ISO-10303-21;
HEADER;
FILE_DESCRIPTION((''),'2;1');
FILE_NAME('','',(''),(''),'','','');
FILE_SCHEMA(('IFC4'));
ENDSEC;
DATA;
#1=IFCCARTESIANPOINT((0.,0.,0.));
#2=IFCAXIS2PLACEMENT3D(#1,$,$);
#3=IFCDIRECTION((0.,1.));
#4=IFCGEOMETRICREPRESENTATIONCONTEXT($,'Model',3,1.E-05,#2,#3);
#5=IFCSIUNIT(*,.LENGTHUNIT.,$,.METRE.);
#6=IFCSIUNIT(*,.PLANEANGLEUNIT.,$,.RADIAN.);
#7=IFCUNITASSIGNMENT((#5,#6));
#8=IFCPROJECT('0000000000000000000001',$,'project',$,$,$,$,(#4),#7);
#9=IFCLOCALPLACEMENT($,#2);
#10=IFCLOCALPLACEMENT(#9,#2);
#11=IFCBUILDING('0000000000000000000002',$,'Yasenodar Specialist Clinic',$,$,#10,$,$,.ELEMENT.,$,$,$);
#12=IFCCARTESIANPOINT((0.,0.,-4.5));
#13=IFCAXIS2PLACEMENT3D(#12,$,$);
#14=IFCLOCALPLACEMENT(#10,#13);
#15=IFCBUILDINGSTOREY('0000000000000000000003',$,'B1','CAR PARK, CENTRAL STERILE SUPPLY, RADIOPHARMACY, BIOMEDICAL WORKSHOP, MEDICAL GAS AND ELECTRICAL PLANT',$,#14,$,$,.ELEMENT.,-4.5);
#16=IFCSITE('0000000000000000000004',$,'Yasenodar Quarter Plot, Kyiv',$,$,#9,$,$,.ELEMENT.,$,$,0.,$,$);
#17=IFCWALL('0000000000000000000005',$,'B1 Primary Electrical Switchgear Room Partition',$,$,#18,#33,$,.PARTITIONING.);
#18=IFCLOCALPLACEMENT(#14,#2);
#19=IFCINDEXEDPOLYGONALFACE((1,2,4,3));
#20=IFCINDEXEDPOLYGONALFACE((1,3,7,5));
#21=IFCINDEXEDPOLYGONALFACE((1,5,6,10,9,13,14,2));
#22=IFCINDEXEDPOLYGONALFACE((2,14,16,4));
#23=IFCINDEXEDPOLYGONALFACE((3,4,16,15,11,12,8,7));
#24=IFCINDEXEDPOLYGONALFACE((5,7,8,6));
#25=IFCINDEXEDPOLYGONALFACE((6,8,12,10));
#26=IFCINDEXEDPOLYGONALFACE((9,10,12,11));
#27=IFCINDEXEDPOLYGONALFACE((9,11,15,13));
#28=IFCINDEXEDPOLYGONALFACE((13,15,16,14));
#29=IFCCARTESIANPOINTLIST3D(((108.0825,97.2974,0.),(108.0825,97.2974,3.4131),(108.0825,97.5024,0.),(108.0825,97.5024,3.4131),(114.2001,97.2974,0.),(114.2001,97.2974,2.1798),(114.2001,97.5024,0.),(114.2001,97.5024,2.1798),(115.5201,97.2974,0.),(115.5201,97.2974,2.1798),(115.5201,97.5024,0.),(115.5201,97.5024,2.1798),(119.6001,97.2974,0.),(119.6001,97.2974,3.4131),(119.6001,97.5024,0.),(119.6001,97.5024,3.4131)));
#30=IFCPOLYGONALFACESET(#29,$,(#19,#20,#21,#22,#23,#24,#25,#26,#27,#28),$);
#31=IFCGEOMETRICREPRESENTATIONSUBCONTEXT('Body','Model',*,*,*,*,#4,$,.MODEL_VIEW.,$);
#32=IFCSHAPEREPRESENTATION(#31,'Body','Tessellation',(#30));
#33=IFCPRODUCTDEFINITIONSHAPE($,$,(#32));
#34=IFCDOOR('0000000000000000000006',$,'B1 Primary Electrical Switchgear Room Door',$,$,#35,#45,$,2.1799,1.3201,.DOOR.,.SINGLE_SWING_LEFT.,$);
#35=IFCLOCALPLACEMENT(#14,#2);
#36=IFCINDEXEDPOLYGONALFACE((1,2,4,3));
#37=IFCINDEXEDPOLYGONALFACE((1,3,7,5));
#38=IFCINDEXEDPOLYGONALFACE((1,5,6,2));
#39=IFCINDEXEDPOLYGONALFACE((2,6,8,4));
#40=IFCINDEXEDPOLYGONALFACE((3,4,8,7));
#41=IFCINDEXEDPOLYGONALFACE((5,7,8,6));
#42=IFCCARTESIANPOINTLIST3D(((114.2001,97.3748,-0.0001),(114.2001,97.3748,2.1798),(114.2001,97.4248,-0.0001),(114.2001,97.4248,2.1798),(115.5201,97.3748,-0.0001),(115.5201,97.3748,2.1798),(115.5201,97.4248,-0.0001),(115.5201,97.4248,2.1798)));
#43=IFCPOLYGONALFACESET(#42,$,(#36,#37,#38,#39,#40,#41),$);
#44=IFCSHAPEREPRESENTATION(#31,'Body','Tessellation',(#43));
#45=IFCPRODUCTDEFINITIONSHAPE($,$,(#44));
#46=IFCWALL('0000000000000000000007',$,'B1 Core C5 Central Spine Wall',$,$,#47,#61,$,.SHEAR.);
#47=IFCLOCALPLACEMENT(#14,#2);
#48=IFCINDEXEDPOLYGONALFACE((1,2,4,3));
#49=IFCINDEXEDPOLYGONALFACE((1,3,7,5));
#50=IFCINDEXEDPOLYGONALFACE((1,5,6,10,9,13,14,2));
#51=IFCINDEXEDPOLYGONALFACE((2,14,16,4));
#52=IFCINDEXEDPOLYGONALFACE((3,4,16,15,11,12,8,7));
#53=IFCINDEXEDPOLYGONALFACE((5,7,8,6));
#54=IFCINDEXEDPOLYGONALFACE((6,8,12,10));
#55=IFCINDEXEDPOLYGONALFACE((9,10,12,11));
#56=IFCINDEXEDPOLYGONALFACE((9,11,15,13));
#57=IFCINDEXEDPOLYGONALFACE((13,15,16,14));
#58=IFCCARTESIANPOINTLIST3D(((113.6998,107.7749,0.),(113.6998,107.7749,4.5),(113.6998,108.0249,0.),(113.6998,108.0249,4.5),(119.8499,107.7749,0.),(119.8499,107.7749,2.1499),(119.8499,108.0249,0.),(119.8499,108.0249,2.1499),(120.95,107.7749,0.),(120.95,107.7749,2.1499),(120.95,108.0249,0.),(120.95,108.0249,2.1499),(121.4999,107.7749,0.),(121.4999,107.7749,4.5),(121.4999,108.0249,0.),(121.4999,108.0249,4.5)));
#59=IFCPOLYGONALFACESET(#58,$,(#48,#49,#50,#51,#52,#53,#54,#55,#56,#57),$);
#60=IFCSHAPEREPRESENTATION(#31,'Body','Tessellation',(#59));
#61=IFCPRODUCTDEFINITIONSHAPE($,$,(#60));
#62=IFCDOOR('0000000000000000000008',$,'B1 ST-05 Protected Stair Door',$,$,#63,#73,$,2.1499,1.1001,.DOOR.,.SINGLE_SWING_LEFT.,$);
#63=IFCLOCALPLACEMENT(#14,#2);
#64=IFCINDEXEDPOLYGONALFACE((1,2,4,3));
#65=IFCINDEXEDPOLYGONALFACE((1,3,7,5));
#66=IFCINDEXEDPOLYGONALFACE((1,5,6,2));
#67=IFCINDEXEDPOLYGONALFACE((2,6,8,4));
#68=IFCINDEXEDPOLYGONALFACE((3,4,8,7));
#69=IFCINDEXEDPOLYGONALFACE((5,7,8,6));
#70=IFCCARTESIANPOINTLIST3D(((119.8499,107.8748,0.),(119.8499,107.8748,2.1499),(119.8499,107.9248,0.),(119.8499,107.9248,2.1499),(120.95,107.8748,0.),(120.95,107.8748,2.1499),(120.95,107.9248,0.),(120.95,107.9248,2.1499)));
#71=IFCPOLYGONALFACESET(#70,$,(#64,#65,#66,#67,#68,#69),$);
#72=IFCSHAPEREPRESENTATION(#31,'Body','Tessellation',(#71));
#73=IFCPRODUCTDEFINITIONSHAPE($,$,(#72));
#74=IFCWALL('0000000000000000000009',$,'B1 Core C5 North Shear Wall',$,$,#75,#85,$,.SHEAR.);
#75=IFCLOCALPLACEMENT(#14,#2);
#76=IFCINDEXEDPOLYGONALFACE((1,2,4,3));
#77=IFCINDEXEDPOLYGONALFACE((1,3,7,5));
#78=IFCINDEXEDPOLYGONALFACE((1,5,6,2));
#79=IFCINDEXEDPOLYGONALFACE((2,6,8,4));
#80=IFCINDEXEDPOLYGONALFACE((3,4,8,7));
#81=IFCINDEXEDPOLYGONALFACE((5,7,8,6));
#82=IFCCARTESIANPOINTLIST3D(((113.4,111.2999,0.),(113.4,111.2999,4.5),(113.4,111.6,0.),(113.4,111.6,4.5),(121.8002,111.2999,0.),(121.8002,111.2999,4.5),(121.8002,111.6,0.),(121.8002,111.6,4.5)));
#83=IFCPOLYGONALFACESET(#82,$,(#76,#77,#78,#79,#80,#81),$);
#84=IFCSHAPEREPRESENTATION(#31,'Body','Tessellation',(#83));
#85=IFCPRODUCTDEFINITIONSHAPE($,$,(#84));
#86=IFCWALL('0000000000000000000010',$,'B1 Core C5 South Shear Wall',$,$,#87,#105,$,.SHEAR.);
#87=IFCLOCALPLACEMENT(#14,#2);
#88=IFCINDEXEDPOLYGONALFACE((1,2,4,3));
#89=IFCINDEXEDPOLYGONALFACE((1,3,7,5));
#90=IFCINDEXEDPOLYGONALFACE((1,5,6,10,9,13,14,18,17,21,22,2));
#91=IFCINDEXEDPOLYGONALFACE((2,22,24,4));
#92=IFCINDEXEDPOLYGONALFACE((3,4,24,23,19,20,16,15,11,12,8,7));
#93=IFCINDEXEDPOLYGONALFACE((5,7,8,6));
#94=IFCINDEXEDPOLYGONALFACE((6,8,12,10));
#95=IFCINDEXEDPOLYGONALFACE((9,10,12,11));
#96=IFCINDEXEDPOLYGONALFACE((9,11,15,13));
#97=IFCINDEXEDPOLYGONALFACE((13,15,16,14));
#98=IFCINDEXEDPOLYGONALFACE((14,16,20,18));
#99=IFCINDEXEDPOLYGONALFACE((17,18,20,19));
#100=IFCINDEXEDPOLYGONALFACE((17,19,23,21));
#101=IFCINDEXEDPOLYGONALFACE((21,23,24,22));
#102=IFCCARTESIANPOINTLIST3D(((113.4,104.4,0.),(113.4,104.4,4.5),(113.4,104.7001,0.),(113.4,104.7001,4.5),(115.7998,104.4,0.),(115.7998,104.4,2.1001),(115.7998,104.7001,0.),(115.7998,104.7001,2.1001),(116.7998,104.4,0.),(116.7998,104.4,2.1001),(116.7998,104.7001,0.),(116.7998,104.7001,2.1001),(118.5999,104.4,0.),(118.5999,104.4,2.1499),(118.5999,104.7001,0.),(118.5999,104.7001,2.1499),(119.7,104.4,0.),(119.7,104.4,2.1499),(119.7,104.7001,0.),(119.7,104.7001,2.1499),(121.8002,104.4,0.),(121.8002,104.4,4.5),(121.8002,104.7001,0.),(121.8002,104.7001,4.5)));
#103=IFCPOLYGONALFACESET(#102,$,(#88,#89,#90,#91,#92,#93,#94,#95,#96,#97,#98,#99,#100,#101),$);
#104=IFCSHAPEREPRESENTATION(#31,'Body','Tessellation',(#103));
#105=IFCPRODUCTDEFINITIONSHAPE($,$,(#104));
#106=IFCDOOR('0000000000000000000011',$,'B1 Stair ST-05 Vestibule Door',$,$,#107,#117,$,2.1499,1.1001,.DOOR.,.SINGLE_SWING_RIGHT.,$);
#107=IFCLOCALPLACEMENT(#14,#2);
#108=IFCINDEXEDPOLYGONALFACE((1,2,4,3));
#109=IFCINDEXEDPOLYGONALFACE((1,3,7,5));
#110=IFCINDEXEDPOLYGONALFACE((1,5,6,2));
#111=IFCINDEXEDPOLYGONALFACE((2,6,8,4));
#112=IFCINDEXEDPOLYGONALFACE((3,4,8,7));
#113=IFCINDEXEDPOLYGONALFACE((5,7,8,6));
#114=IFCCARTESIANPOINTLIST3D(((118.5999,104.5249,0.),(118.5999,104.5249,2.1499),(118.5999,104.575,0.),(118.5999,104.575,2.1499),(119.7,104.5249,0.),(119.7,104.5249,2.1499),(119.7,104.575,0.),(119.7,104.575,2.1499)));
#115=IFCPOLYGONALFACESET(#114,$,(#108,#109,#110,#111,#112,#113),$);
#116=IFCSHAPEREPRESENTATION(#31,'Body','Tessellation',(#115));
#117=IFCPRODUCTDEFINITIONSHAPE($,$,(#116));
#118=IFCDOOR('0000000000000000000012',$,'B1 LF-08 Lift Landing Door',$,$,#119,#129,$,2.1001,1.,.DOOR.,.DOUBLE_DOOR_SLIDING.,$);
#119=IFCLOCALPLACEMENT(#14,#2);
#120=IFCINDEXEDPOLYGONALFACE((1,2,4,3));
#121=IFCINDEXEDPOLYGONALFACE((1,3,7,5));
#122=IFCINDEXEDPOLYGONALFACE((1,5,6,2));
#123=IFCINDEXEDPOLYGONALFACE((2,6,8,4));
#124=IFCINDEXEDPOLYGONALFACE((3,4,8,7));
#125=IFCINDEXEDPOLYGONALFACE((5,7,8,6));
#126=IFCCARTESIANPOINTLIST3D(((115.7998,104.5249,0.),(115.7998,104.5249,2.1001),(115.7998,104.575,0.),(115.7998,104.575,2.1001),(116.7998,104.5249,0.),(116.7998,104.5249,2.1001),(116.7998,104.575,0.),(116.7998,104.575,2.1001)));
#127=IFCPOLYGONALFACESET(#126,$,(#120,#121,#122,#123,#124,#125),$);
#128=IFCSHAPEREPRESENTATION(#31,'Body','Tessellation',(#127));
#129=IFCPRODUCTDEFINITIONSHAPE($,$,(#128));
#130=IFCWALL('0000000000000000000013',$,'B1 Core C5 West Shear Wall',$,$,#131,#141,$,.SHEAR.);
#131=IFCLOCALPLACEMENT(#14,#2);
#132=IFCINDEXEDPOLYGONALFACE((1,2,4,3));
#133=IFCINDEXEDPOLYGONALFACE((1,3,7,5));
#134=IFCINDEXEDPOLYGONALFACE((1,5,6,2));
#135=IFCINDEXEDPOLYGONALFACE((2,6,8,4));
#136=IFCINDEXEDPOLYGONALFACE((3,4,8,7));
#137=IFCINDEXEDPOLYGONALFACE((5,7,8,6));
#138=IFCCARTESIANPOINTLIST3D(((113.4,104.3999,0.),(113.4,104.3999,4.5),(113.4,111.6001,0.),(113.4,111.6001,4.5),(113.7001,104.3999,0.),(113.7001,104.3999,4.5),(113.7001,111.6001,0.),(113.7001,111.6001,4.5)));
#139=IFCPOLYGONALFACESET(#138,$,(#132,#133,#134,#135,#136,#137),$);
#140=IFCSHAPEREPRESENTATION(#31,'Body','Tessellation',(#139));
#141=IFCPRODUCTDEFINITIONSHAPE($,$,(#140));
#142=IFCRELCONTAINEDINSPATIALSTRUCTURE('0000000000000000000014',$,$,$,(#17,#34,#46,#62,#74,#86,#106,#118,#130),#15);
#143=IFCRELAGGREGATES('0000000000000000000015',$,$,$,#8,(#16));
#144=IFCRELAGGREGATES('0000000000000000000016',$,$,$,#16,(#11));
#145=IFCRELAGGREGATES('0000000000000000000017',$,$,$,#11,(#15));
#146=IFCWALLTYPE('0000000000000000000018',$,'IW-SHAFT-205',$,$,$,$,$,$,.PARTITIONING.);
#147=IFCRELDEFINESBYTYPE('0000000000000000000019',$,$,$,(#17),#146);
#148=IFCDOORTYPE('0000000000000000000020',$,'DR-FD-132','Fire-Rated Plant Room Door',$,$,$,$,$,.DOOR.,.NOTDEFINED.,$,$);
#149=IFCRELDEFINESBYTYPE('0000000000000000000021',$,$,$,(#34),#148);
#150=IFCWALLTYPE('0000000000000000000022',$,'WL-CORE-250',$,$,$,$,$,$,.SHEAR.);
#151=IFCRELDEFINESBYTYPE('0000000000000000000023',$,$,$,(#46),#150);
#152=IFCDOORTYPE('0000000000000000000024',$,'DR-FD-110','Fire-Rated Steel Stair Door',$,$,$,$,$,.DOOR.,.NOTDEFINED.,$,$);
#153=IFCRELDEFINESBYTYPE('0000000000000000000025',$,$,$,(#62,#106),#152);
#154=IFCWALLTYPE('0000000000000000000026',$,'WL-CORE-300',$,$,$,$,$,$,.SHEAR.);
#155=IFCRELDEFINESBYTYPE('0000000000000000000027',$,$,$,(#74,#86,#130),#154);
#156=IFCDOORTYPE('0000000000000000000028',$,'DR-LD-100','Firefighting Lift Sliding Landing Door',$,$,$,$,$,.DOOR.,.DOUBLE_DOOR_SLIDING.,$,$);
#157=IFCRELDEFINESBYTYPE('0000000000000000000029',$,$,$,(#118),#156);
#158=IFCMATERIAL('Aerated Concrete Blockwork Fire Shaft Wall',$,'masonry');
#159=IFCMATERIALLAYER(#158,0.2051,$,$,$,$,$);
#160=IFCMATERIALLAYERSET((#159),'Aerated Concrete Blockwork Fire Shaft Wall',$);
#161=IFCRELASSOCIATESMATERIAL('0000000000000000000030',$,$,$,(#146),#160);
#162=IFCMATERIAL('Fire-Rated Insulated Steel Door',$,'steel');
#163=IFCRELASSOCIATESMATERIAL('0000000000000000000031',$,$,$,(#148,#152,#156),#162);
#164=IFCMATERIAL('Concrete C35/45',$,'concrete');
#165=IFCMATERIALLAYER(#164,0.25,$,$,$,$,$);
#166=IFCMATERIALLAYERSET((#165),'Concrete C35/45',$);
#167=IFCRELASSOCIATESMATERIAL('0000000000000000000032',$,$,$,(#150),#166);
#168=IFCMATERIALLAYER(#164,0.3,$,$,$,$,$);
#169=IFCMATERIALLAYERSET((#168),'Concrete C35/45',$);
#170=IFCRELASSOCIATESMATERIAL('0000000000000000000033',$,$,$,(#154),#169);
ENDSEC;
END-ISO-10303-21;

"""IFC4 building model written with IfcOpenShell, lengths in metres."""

from ifc_helpers import new_model, si_unit, direction, frame, frame_2d, origin, place, context, subcontext, project, spatial, rectangle, extrude, material, layer, layer_set, type_object, element, fill, save


model = new_model("IFC4")

# Units and contexts
model_context = context("Model", 3, precision=1e-05, world=origin(), true_north=direction((0.0, 1.0)))
body_context = subcontext(model_context, "Body", "Model", "MODEL_VIEW")
ifc_project = project(units=[si_unit("LENGTHUNIT", "METRE"), si_unit("PLANEANGLEUNIT", "RADIAN")], contexts=[model_context])

# Site, building, storey
site_placement = place(None, origin())
site = spatial("IfcSite", under=ifc_project, at=site_placement, Name="Yasenodar Quarter Plot, Kyiv", CompositionType="ELEMENT", RefElevation=0.0)
building_placement = place(site_placement, origin())
building = spatial("IfcBuilding", under=site, at=building_placement, Name="Yasenodar Specialist Clinic", CompositionType="ELEMENT")
storey_placement = place(building_placement, frame((0.0, 0.0, -4.5)))
storey = spatial("IfcBuildingStorey", under=building, at=storey_placement, Name="B1", Description="CAR PARK, CENTRAL STERILE SUPPLY, RADIOPHARMACY, BIOMEDICAL WORKSHOP, MEDICAL GAS AND ELECTRICAL PLANT", CompositionType="ELEMENT", Elevation=-4.5)

# Shared definitions
ifc_material_1 = material(Name="Concrete C35/45", Category="concrete")

# Shared definitions
ifc_material_2 = material(Name="Fire-Rated Insulated Steel Door", Category="steel")

# Shared definitions
ifc_material_3 = material(Name="Aerated Concrete Blockwork Fire Shaft Wall", Category="masonry")
ifc_layer_1 = layer(ifc_material_3, 0.2051)
ifc_layer_set_1 = layer_set([ifc_layer_1], Name="Aerated Concrete Blockwork Fire Shaft Wall")
wall_type_1 = type_object("IfcWallType", Name="IW-SHAFT-205", PredefinedType="PARTITIONING", material=ifc_layer_set_1)

# Walls, openings, doors
wall_1_placement = place(storey_placement, frame((108.0825, 97.3999, 0.0), z_axis=(0.0, 0.0, 1.0), x_axis=(1.0, 0.0, 0.0)))
wall_1 = element("IfcWall", 1, at=wall_1_placement, inside=storey, type_object=wall_type_1, Name="B1 Primary Electrical Switchgear Room Partition", PredefinedType="PARTITIONING", context=body_context, shape_type="SweptSolid", body=[
    extrude(rectangle(XDim=11.5176, YDim=0.2051, at=frame_2d((5.7588, 0.0))), origin(), (0.0, 0.0, 1.0), 3.4131),
])
opening_1_placement = place(wall_1_placement, frame((6.1174, 0.0, 0.0)))
opening_1 = element("IfcOpeningElement", 2, at=opening_1_placement, cuts=wall_1, PredefinedType="OPENING", context=body_context, shape_type="SweptSolid", body=[
    extrude(rectangle(XDim=1.3201, YDim=2.1799, at=frame_2d((0.6602, 1.0898))), frame((0.0, 0.1125, 0.0), z_axis=(0.0, -1.0, 0.0), x_axis=(1.0, 0.0, 0.0)), (0.0, 0.0, 1.0), 0.2251),
])
door_type_1 = type_object("IfcDoorType", Name="DR-FD-132", Description="Fire-Rated Plant Room Door", OperationType="NOTDEFINED", PredefinedType="DOOR", material=ifc_material_2)
door_1_placement = place(opening_1_placement, origin())
door_1 = element("IfcDoor", 3, at=door_1_placement, inside=storey, type_object=door_type_1, Name="B1 Primary Electrical Switchgear Room Door", OperationType="SINGLE_SWING_LEFT", OverallHeight=2.1799, OverallWidth=1.3201, PredefinedType="DOOR", context=body_context, shape_type="SweptSolid", body=[
    extrude(rectangle(XDim=1.3201, YDim=2.1799, at=frame_2d((0.6602, 1.0898))), frame((0.0, 0.0249, 0.0), z_axis=(0.0, -1.0, 0.0), x_axis=(1.0, 0.0, 0.0)), (0.0, 0.0, 1.0), 0.05),
])
fill(opening_1, door_1)
ifc_layer_2 = layer(ifc_material_1, 0.25)
ifc_layer_set_2 = layer_set([ifc_layer_2], Name="Concrete C35/45")
wall_type_2 = type_object("IfcWallType", Name="WL-CORE-250", PredefinedType="SHEAR", material=ifc_layer_set_2)
wall_2_placement = place(storey_placement, frame((113.7, 107.8999, 0.0), z_axis=(0.0, 0.0, 1.0), x_axis=(1.0, 0.0, 0.0)))
wall_2 = element("IfcWall", 4, at=wall_2_placement, inside=storey, type_object=wall_type_2, Name="B1 Core C5 Central Spine Wall", PredefinedType="SHEAR", context=body_context, shape_type="SweptSolid", body=[
    extrude(rectangle(XDim=7.8, YDim=0.25, at=frame_2d((3.8999, 0.0))), origin(), (0.0, 0.0, 1.0), 4.5),
])
opening_2_placement = place(wall_2_placement, frame((6.1499, 0.0, 0.0)))
opening_2 = element("IfcOpeningElement", 5, at=opening_2_placement, cuts=wall_2, PredefinedType="OPENING", context=body_context, shape_type="SweptSolid", body=[
    extrude(rectangle(XDim=1.1001, YDim=2.1499, at=frame_2d((0.55, 1.075))), frame((0.0, 0.135, 0.0), z_axis=(0.0, -1.0, 0.0), x_axis=(1.0, 0.0, 0.0)), (0.0, 0.0, 1.0), 0.27),
])
door_type_2 = type_object("IfcDoorType", Name="DR-FD-110", Description="Fire-Rated Steel Stair Door", OperationType="NOTDEFINED", PredefinedType="DOOR", material=ifc_material_2)
door_2_placement = place(opening_2_placement, origin())
door_2 = element("IfcDoor", 6, at=door_2_placement, inside=storey, type_object=door_type_2, Name="B1 ST-05 Protected Stair Door", OperationType="SINGLE_SWING_LEFT", OverallHeight=2.1499, OverallWidth=1.1001, PredefinedType="DOOR", context=body_context, shape_type="SweptSolid", body=[
    extrude(rectangle(XDim=1.1001, YDim=2.1499, at=frame_2d((0.55, 1.075))), frame((0.0, 0.0249, 0.0), z_axis=(0.0, -1.0, 0.0), x_axis=(1.0, 0.0, 0.0)), (0.0, 0.0, 1.0), 0.05),
])
fill(opening_2, door_2)

# Wall
ifc_layer_3 = layer(ifc_material_1, 0.3)
ifc_layer_set_3 = layer_set([ifc_layer_3], Name="Concrete C35/45")
wall_type_3 = type_object("IfcWallType", Name="WL-CORE-300", PredefinedType="SHEAR", material=ifc_layer_set_3)
wall_3_placement = place(storey_placement, frame((113.3999, 111.45, 0.0), z_axis=(0.0, 0.0, 1.0), x_axis=(1.0, 0.0, 0.0)))
element("IfcWall", 7, at=wall_3_placement, inside=storey, type_object=wall_type_3, Name="B1 Core C5 North Shear Wall", PredefinedType="SHEAR", context=body_context, shape_type="SweptSolid", body=[
    extrude(rectangle(XDim=8.4001, YDim=0.3, at=frame_2d((4.2002, 0.0))), origin(), (0.0, 0.0, 1.0), 4.5),
])

# Wall, openings, doors
wall_4_placement = place(storey_placement, frame((113.3999, 104.55, 0.0), z_axis=(0.0, 0.0, 1.0), x_axis=(1.0, 0.0, 0.0)))
wall_4 = element("IfcWall", 8, at=wall_4_placement, inside=storey, type_object=wall_type_3, Name="B1 Core C5 South Shear Wall", PredefinedType="SHEAR", context=body_context, shape_type="SweptSolid", body=[
    extrude(rectangle(XDim=8.4001, YDim=0.3, at=frame_2d((4.2002, 0.0))), origin(), (0.0, 0.0, 1.0), 4.5),
])
opening_3_placement = place(wall_4_placement, frame((5.2, 0.0, 0.0)))
opening_3 = element("IfcOpeningElement", 9, at=opening_3_placement, cuts=wall_4, PredefinedType="OPENING", context=body_context, shape_type="SweptSolid", body=[
    extrude(rectangle(XDim=1.1001, YDim=2.1499, at=frame_2d((0.55, 1.075))), frame((0.0, 0.1602, 0.0), z_axis=(0.0, -1.0, 0.0), x_axis=(1.0, 0.0, 0.0)), (0.0, 0.0, 1.0), 0.3201),
])
opening_4_placement = place(wall_4_placement, frame((2.3999, 0.0, 0.0)))
opening_4 = element("IfcOpeningElement", 10, at=opening_4_placement, cuts=wall_4, PredefinedType="OPENING", context=body_context, shape_type="SweptSolid", body=[
    extrude(rectangle(XDim=1.0, YDim=2.1001, at=frame_2d((0.5, 1.05))), frame((0.0, 0.1602, 0.0), z_axis=(0.0, -1.0, 0.0), x_axis=(1.0, 0.0, 0.0)), (0.0, 0.0, 1.0), 0.3201),
])
door_3_placement = place(opening_3_placement, origin())
door_3 = element("IfcDoor", 11, at=door_3_placement, inside=storey, type_object=door_type_2, Name="B1 Stair ST-05 Vestibule Door", OperationType="SINGLE_SWING_RIGHT", OverallHeight=2.1499, OverallWidth=1.1001, PredefinedType="DOOR", context=body_context, shape_type="SweptSolid", body=[
    extrude(rectangle(XDim=1.1001, YDim=2.1499, at=frame_2d((0.55, 1.075))), frame((0.0, 0.0249, 0.0), z_axis=(0.0, -1.0, 0.0), x_axis=(1.0, 0.0, 0.0)), (0.0, 0.0, 1.0), 0.05),
])
fill(opening_3, door_3)
door_type_3 = type_object("IfcDoorType", Name="DR-LD-100", Description="Firefighting Lift Sliding Landing Door", OperationType="DOUBLE_DOOR_SLIDING", PredefinedType="DOOR", material=ifc_material_2)
door_4_placement = place(opening_4_placement, origin())
door_4 = element("IfcDoor", 12, at=door_4_placement, inside=storey, type_object=door_type_3, Name="B1 LF-08 Lift Landing Door", OperationType="DOUBLE_DOOR_SLIDING", OverallHeight=2.1001, OverallWidth=1.0, PredefinedType="DOOR", context=body_context, shape_type="SweptSolid", body=[
    extrude(rectangle(XDim=1.0, YDim=2.1001, at=frame_2d((0.5, 1.05))), frame((0.0, 0.0249, 0.0), z_axis=(0.0, -1.0, 0.0), x_axis=(1.0, 0.0, 0.0)), (0.0, 0.0, 1.0), 0.05),
])
fill(opening_4, door_4)

# Wall
wall_5_placement = place(storey_placement, frame((113.55, 104.3999, 0.0), z_axis=(0.0, 0.0, 1.0), x_axis=(0.0, 1.0, 0.0)))
element("IfcWall", 13, at=wall_5_placement, inside=storey, type_object=wall_type_3, Name="B1 Core C5 West Shear Wall", PredefinedType="SHEAR", context=body_context, shape_type="SweptSolid", body=[
    extrude(rectangle(XDim=7.2002, YDim=0.3, at=frame_2d((3.6001, 0.0))), origin(), (0.0, 0.0, 1.0), 4.5),
])

save(model, "model.ifc")
